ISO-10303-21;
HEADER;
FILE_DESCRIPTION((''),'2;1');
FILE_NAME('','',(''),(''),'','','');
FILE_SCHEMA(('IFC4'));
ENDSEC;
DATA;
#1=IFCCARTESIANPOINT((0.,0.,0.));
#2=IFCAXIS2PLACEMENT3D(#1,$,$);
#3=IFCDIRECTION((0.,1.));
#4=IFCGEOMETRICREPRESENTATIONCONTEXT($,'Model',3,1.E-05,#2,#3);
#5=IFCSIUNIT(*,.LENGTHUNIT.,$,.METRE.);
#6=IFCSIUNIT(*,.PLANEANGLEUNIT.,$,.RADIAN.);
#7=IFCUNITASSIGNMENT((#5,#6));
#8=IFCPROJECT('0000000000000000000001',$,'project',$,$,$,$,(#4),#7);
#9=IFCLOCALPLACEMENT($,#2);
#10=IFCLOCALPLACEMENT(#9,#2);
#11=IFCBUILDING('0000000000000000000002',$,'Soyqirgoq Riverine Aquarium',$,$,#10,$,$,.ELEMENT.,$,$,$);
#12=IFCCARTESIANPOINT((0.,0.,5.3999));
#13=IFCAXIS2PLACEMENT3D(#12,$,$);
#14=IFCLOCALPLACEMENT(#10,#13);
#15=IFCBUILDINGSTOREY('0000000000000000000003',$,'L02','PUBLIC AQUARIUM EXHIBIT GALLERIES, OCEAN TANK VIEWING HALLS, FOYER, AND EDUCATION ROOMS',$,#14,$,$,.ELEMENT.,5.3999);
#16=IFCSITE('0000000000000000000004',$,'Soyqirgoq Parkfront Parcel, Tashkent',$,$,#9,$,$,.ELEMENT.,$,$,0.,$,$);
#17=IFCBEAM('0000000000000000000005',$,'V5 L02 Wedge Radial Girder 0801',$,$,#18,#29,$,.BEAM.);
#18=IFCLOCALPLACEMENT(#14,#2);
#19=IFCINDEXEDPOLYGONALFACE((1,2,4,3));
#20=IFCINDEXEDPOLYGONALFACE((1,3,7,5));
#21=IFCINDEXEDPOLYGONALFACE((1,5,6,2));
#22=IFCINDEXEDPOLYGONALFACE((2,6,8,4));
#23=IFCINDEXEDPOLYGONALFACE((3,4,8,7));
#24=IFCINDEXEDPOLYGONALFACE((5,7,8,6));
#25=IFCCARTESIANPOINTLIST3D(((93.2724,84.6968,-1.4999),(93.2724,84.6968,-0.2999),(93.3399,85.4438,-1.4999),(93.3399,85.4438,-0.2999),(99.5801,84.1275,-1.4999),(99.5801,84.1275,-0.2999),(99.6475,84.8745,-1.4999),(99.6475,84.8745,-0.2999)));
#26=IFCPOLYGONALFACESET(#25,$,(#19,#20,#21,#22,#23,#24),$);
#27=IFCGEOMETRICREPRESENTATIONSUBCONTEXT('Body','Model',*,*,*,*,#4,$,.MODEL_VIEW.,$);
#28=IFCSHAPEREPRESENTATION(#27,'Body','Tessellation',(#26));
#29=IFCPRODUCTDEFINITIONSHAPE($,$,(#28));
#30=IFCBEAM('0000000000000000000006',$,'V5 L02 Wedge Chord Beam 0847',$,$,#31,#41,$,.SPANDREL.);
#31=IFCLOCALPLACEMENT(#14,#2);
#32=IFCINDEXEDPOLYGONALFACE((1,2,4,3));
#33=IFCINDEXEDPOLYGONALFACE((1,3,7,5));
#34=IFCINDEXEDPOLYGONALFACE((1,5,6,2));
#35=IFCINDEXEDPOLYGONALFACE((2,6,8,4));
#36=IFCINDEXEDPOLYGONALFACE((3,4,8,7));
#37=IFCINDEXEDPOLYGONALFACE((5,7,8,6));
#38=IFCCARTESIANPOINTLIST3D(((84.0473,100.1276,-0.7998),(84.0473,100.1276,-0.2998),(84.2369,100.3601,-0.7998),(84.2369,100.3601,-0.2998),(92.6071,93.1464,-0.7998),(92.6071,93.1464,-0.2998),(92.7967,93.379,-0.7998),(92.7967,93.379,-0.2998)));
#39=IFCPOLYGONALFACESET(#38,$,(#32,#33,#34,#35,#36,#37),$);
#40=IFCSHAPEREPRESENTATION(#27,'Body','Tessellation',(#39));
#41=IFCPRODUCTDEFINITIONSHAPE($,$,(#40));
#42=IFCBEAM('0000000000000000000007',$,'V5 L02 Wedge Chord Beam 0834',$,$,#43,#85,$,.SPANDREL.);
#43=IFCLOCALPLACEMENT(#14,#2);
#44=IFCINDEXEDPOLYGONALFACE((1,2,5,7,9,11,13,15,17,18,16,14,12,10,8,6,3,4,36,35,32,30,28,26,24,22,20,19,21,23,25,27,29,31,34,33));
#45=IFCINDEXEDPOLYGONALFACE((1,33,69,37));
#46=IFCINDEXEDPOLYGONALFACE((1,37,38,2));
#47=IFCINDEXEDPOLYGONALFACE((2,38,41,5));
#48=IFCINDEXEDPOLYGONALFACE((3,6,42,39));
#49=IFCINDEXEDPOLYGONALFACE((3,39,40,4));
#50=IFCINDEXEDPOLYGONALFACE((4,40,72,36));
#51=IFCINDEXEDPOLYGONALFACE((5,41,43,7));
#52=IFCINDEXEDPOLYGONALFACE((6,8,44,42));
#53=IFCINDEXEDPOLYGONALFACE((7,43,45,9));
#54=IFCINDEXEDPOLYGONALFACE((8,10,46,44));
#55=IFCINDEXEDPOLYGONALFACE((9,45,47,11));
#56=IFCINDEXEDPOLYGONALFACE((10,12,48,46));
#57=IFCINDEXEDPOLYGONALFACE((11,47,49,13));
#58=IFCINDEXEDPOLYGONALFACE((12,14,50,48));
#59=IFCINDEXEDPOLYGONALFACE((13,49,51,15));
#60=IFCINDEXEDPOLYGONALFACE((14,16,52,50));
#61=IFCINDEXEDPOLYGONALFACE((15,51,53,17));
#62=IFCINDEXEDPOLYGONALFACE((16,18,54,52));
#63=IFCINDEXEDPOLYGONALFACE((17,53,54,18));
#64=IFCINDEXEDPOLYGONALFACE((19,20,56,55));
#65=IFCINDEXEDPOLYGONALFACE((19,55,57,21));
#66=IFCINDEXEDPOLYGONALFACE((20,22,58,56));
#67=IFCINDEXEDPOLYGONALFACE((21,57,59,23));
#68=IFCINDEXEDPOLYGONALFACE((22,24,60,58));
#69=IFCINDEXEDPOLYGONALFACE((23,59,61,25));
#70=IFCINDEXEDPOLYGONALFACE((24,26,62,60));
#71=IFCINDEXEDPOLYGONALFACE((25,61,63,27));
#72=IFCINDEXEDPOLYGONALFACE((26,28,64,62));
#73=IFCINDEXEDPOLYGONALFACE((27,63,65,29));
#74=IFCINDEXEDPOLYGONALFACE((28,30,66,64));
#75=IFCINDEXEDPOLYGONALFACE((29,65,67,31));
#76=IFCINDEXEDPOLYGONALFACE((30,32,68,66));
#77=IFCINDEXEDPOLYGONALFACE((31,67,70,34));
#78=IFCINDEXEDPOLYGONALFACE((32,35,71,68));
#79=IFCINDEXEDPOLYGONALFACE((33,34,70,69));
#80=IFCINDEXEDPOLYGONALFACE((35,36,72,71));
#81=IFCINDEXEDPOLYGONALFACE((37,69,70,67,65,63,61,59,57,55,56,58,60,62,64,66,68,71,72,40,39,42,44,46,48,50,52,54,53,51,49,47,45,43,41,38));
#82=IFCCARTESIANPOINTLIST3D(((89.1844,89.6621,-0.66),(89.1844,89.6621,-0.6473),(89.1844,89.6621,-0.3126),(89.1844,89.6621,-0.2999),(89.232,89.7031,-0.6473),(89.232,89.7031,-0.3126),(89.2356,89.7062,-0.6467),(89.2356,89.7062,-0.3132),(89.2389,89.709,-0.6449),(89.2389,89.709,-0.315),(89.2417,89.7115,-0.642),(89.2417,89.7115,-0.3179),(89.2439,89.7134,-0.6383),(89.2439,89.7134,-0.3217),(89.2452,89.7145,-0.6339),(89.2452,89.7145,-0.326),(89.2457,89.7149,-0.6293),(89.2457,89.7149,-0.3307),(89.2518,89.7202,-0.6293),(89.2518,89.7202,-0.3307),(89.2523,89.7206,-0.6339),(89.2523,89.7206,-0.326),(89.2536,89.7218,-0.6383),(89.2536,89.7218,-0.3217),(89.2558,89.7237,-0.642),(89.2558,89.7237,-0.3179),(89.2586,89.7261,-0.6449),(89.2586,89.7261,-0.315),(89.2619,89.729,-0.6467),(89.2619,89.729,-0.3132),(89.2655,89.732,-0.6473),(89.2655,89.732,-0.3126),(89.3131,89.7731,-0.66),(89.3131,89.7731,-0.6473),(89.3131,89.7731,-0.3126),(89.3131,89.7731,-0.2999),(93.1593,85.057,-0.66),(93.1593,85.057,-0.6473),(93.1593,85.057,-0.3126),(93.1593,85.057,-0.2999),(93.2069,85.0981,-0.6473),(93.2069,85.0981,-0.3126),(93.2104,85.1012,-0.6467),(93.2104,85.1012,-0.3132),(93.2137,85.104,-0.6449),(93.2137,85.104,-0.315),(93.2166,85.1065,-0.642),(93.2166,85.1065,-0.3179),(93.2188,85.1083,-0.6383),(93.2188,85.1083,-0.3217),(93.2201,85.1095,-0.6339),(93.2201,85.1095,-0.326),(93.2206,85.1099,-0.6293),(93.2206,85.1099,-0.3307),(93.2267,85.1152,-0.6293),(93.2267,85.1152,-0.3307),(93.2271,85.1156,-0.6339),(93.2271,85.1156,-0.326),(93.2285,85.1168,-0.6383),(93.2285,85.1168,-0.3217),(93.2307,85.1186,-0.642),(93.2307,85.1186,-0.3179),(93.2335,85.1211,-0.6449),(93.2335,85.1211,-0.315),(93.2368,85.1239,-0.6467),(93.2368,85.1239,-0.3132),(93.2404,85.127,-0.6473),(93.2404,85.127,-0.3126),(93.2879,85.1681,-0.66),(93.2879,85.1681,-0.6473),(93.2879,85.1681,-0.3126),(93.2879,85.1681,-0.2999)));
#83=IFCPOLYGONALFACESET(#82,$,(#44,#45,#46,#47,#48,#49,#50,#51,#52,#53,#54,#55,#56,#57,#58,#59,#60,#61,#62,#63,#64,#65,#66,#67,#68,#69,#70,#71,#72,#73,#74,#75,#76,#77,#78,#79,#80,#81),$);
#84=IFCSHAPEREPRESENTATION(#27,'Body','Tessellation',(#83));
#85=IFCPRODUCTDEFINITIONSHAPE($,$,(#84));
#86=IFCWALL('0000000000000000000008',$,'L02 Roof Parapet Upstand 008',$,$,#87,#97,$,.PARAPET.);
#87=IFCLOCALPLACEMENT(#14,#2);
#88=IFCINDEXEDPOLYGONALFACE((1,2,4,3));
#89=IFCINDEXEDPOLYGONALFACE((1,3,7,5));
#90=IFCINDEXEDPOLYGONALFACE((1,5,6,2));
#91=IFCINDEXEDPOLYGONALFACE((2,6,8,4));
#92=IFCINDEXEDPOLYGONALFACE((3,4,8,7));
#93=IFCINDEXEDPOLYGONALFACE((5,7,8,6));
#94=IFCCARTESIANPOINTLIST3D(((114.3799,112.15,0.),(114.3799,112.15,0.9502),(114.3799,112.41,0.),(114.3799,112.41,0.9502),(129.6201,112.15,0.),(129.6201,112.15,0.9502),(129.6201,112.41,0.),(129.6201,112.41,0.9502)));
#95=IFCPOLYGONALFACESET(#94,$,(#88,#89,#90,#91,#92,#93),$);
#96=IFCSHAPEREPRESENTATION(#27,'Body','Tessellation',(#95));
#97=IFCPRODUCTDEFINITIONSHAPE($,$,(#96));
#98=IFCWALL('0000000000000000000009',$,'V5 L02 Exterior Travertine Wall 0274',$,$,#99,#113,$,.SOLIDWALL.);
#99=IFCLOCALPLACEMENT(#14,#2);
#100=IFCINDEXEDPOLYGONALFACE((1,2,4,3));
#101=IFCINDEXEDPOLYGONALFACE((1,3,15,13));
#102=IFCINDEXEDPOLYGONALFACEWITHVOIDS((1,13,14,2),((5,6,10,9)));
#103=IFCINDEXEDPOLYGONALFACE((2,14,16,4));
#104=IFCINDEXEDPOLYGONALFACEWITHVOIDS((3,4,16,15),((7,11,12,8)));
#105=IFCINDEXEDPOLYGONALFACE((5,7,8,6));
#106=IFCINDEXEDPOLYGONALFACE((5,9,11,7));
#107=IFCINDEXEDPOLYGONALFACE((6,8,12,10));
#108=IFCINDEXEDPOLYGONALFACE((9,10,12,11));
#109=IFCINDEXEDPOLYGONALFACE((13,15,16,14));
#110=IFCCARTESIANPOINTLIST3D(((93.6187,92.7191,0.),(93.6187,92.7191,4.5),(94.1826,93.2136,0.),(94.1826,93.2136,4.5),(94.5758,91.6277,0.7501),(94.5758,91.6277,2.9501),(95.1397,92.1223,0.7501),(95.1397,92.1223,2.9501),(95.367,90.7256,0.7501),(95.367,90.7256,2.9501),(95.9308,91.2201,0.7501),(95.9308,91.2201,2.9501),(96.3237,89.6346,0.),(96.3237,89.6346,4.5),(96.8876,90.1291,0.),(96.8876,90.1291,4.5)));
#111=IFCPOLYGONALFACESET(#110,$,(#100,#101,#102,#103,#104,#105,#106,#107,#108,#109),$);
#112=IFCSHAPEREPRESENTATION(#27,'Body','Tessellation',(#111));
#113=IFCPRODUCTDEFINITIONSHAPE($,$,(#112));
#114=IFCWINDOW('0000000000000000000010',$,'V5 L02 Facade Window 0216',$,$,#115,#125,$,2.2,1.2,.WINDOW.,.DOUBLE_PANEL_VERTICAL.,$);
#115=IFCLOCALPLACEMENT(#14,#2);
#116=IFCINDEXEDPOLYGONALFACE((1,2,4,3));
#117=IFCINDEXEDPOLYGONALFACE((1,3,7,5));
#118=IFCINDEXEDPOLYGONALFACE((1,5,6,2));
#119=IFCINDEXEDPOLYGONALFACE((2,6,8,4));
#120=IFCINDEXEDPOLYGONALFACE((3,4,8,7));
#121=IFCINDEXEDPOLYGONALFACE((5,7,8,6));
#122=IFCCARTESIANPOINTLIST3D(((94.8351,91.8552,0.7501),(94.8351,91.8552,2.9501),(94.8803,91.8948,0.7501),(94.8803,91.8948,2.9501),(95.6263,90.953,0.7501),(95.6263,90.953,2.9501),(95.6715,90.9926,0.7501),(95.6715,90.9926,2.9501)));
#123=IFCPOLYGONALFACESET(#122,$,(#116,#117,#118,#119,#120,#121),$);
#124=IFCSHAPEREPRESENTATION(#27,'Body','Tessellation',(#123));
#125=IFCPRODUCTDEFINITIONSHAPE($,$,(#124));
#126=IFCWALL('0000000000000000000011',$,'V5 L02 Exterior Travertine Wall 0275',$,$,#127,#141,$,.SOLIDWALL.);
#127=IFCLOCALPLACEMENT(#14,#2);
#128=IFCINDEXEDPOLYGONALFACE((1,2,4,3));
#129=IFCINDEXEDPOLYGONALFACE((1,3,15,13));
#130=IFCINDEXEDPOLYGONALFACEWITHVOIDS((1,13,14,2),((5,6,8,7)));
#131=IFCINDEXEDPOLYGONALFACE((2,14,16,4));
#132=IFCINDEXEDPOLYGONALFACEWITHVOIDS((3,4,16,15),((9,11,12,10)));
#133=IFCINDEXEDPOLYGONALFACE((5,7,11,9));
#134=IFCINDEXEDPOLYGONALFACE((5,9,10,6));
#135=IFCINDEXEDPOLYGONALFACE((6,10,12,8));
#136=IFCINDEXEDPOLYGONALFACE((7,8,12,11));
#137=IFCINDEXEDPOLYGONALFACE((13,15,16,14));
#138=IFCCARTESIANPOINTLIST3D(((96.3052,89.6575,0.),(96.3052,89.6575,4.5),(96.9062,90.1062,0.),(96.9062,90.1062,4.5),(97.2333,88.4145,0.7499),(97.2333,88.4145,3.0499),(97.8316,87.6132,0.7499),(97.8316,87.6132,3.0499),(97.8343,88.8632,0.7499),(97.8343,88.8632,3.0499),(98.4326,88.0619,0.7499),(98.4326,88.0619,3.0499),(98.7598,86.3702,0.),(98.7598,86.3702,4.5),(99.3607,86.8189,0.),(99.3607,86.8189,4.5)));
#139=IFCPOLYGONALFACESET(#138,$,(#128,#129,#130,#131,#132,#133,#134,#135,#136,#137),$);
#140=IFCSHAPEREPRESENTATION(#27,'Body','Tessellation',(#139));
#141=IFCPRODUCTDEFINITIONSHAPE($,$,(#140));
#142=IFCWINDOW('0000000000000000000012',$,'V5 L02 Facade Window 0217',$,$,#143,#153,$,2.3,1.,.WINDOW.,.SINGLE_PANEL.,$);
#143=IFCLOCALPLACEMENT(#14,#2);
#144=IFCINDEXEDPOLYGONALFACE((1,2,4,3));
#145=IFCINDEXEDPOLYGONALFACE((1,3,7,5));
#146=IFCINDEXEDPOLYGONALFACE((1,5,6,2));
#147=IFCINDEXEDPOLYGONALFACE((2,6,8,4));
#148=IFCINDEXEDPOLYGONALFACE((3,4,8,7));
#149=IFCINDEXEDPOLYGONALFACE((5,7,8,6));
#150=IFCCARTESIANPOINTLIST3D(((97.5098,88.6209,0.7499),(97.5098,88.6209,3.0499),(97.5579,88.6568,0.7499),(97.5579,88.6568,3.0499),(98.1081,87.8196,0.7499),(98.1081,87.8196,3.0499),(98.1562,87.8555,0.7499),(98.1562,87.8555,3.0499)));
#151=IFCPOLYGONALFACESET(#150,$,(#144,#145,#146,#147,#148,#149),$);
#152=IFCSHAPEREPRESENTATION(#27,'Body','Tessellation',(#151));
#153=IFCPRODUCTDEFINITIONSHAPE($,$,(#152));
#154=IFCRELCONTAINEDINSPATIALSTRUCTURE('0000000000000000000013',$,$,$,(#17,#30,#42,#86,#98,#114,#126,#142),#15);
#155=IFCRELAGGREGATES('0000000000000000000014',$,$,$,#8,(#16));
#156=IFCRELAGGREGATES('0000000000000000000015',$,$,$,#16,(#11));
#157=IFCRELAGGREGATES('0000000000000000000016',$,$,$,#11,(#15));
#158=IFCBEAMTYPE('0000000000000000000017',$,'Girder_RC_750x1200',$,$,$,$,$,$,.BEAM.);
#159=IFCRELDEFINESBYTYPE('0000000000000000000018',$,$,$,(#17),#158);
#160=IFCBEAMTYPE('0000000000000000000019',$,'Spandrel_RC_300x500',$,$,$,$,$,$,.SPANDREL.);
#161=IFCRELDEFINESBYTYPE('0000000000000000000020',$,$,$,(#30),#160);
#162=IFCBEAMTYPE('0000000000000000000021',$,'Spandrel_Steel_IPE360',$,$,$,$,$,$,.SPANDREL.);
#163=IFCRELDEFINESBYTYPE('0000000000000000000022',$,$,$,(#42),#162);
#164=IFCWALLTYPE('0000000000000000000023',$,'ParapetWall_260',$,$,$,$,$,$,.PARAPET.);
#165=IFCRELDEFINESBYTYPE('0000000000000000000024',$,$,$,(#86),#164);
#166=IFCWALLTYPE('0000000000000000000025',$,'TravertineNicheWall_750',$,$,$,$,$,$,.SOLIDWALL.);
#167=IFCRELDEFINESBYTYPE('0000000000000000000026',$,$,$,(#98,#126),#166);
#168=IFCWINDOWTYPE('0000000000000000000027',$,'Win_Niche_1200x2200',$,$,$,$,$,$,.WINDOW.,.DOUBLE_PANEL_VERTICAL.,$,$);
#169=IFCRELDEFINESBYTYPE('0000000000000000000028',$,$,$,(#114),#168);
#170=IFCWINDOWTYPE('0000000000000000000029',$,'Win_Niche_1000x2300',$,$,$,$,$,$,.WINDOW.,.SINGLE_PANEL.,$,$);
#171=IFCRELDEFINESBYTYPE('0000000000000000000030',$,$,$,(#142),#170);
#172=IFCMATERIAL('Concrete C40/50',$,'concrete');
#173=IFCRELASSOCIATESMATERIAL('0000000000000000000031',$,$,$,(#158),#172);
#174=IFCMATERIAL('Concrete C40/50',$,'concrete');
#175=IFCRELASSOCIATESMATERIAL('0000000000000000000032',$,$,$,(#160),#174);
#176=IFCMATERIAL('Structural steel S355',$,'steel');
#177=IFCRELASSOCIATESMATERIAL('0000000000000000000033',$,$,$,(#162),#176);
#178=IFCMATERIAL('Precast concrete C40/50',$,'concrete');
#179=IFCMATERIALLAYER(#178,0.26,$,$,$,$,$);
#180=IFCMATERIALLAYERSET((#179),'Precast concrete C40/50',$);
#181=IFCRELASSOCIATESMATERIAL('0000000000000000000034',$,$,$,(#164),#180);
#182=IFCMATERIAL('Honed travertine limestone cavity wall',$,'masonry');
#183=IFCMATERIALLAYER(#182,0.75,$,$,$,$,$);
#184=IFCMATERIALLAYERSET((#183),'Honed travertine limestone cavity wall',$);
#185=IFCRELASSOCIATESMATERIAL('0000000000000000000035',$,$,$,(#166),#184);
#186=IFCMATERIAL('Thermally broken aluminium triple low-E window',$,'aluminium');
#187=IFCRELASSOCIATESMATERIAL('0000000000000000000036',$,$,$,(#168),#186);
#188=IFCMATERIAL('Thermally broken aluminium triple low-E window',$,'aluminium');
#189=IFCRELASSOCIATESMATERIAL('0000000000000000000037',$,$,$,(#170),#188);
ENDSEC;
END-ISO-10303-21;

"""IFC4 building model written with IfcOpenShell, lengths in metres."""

from ifc_helpers import new_model, si_unit, direction, frame, frame_2d, origin, origin_2d, place, context, subcontext, project, spatial, rectangle, i_section, extrude, material, layer, layer_set, material_profile, profile_set, type_object, element, fill, save


model = new_model("IFC4")

# Units and contexts
model_context = context("Model", 3, precision=1e-05, world=origin(), true_north=direction((0.0, 1.0)))
body_context = subcontext(model_context, "Body", "Model", "MODEL_VIEW")
ifc_project = project(units=[si_unit("LENGTHUNIT", "METRE"), si_unit("PLANEANGLEUNIT", "RADIAN")], contexts=[model_context])

# Site, building, storey
site_placement = place(None, origin())
site = spatial("IfcSite", under=ifc_project, at=site_placement, Name="Soyqirgoq Parkfront Parcel, Tashkent", CompositionType="ELEMENT", RefElevation=0.0)
building_placement = place(site_placement, origin())
building = spatial("IfcBuilding", under=site, at=building_placement, Name="Soyqirgoq Riverine Aquarium", CompositionType="ELEMENT")
storey_placement = place(building_placement, frame((0.0, 0.0, 5.3999)))
storey = spatial("IfcBuildingStorey", under=building, at=storey_placement, Name="L02", Description="PUBLIC AQUARIUM EXHIBIT GALLERIES, OCEAN TANK VIEWING HALLS, FOYER, AND EDUCATION ROOMS", CompositionType="ELEMENT", Elevation=5.3999)

# Beams
ifc_material_1 = material(Name="Concrete C40/50", Category="concrete")
ifc_material_profile_1 = material_profile(ifc_material_1, rectangle(XDim=0.75, YDim=1.2, at=origin_2d()), Name="RC 750x1200")
ifc_profile_set_1 = profile_set([ifc_material_profile_1], Name="Concrete C40/50")
beam_type_1 = type_object("IfcBeamType", Name="Girder_RC_750x1200", PredefinedType="BEAM", material=ifc_profile_set_1)
beam_1_placement = place(storey_placement, frame((93.3062, 85.0703, -0.8999), z_axis=(0.995951, -0.089896, 0.0), x_axis=(0.089896, 0.995951, 0.0)))
element("IfcBeam", 1, at=beam_1_placement, inside=storey, type_object=beam_type_1, Name="V5 L02 Wedge Radial Girder 0801", PredefinedType="BEAM", context=body_context, shape_type="SweptSolid", body=[
    extrude(rectangle(XDim=0.75, YDim=1.2, at=origin_2d()), origin(), (0.0, 0.0, 1.0), 6.3333),
])
ifc_material_2 = material(Name="Concrete C40/50", Category="concrete")
ifc_material_profile_2 = material_profile(ifc_material_2, rectangle(XDim=0.3, YDim=0.5, at=origin_2d()), Name="RC 300x500")
ifc_profile_set_2 = profile_set([ifc_material_profile_2], Name="Concrete C40/50")
beam_type_2 = type_object("IfcBeamType", Name="Spandrel_RC_300x500", PredefinedType="SPANDREL", material=ifc_profile_set_2)
beam_2_placement = place(storey_placement, frame((92.7019, 93.2627, -0.5498), z_axis=(-0.774945, 0.632029, 0.0), x_axis=(-0.632029, -0.774945, 0.0)))
element("IfcBeam", 2, at=beam_2_placement, inside=storey, type_object=beam_type_2, Name="V5 L02 Wedge Chord Beam 0847", PredefinedType="SPANDREL", context=body_context, shape_type="SweptSolid", body=[
    extrude(rectangle(XDim=0.3, YDim=0.5, at=origin_2d()), origin(), (0.0, 0.0, 1.0), 11.0457),
])
ifc_material_3 = material(Name="Structural steel S355", Category="steel")
ifc_material_profile_3 = material_profile(ifc_material_3, i_section(OverallWidth=0.1699, OverallDepth=0.3601, WebThickness=0.0081, FlangeThickness=0.0127, FilletRadius=0.0181, at=origin_2d()), Name="IPE 360")
ifc_profile_set_3 = profile_set([ifc_material_profile_3], Name="Structural steel S355")
beam_type_3 = type_object("IfcBeamType", Name="Spandrel_Steel_IPE360", PredefinedType="SPANDREL", material=ifc_profile_set_3)
beam_3_placement = place(storey_placement, frame((93.2236, 85.1125, -0.48), z_axis=(-0.653415, 0.757, 0.0), x_axis=(-0.757, -0.653415, 0.0)))
element("IfcBeam", 3, at=beam_3_placement, inside=storey, type_object=beam_type_3, Name="V5 L02 Wedge Chord Beam 0834", PredefinedType="SPANDREL", context=body_context, shape_type="SweptSolid", body=[
    extrude(i_section(OverallWidth=0.1699, OverallDepth=0.3601, WebThickness=0.0081, FlangeThickness=0.0127, FilletRadius=0.0181, at=origin_2d()), origin(), (0.0, 0.0, 1.0), 6.0833),
])

# Wall
ifc_material_4 = material(Name="Precast concrete C40/50", Category="concrete")
ifc_layer_1 = layer(ifc_material_4, 0.26)
ifc_layer_set_1 = layer_set([ifc_layer_1], Name="Precast concrete C40/50")
wall_type_1 = type_object("IfcWallType", Name="ParapetWall_260", PredefinedType="PARAPET", material=ifc_layer_set_1)
wall_1_placement = place(storey_placement, frame((114.3799, 112.28, 0.0), z_axis=(0.0, 0.0, 1.0), x_axis=(1.0, 0.0, 0.0)))
element("IfcWall", 4, at=wall_1_placement, inside=storey, type_object=wall_type_1, Name="L02 Roof Parapet Upstand 008", PredefinedType="PARAPET", context=body_context, shape_type="SweptSolid", body=[
    extrude(rectangle(XDim=15.2402, YDim=0.26, at=frame_2d((7.6201, 0.0))), origin(), (0.0, 0.0, 1.0), 0.9502),
])

# Walls, openings, windows
ifc_material_5 = material(Name="Honed travertine limestone cavity wall", Category="masonry")
ifc_layer_2 = layer(ifc_material_5, 0.75)
ifc_layer_set_2 = layer_set([ifc_layer_2], Name="Honed travertine limestone cavity wall")
wall_type_2 = type_object("IfcWallType", Name="TravertineNicheWall_750", PredefinedType="SOLIDWALL", material=ifc_layer_set_2)
wall_2_placement = place(storey_placement, frame((93.9006, 92.9663, 0.0), z_axis=(0.0, 0.0, 1.0), x_axis=(0.659355, -0.751832, 0.0)))
wall_2 = element("IfcWall", 5, at=wall_2_placement, inside=storey, type_object=wall_type_2, Name="V5 L02 Exterior Travertine Wall 0274", PredefinedType="SOLIDWALL", context=body_context, shape_type="SweptSolid", body=[
    extrude(rectangle(XDim=4.1025, YDim=0.75, at=frame_2d((2.0513, 0.0))), origin(), (0.0, 0.0, 1.0), 4.5),
])
opening_1_placement = place(wall_2_placement, frame((1.4514, 0.0, 0.75)))
opening_1 = element("IfcOpeningElement", 6, at=opening_1_placement, cuts=wall_2, PredefinedType="OPENING", context=body_context, shape_type="SweptSolid", body=[
    extrude(rectangle(XDim=1.2, YDim=2.2, at=frame_2d((0.6001, 1.1001))), frame((0.0, 0.385, 0.0), z_axis=(0.0, -1.0, 0.0), x_axis=(1.0, 0.0, 0.0)), (0.0, 0.0, 1.0), 0.77),
])
ifc_material_6 = material(Name="Thermally broken aluminium triple low-E window", Category="aluminium")
window_type_1 = type_object("IfcWindowType", Name="Win_Niche_1200x2200", PartitioningType="DOUBLE_PANEL_VERTICAL", PredefinedType="WINDOW", material=ifc_material_6)
window_1_placement = place(opening_1_placement, origin())
window_1 = element("IfcWindow", 7, at=window_1_placement, inside=storey, type_object=window_type_1, Name="V5 L02 Facade Window 0216", OverallHeight=2.2, OverallWidth=1.2, PartitioningType="DOUBLE_PANEL_VERTICAL", PredefinedType="WINDOW", context=body_context, shape_type="SweptSolid", body=[
    extrude(rectangle(XDim=1.2, YDim=2.2, at=frame_2d((0.6001, 1.1001))), frame((0.0, 0.03, 0.0), z_axis=(0.0, -1.0, 0.0), x_axis=(1.0, 0.0, 0.0)), (0.0, 0.0, 1.0), 0.0601),
])
fill(opening_1, window_1)
wall_3_placement = place(storey_placement, frame((96.6057, 89.8818, 0.0), z_axis=(0.0, 0.0, 1.0), x_axis=(0.598294, -0.801276, 0.0)))
wall_3 = element("IfcWall", 8, at=wall_3_placement, inside=storey, type_object=wall_type_2, Name="V5 L02 Exterior Travertine Wall 0275", PredefinedType="SOLIDWALL", context=body_context, shape_type="SweptSolid", body=[
    extrude(rectangle(XDim=4.1025, YDim=0.75, at=frame_2d((2.0513, 0.0))), origin(), (0.0, 0.0, 1.0), 4.5),
])
opening_2_placement = place(wall_3_placement, frame((1.5513, 0.0, 0.75)))
opening_2 = element("IfcOpeningElement", 9, at=opening_2_placement, cuts=wall_3, PredefinedType="OPENING", context=body_context, shape_type="SweptSolid", body=[
    extrude(rectangle(XDim=1.0, YDim=2.3, at=frame_2d((0.5, 1.1499))), frame((0.0, 0.385, 0.0), z_axis=(0.0, -1.0, 0.0), x_axis=(1.0, 0.0, 0.0)), (0.0, 0.0, 1.0), 0.77),
])
ifc_material_7 = material(Name="Thermally broken aluminium triple low-E window", Category="aluminium")
window_type_2 = type_object("IfcWindowType", Name="Win_Niche_1000x2300", PartitioningType="SINGLE_PANEL", PredefinedType="WINDOW", material=ifc_material_7)
window_2_placement = place(opening_2_placement, origin())
window_2 = element("IfcWindow", 10, at=window_2_placement, inside=storey, type_object=window_type_2, Name="V5 L02 Facade Window 0217", OverallHeight=2.3, OverallWidth=1.0, PartitioningType="SINGLE_PANEL", PredefinedType="WINDOW", context=body_context, shape_type="SweptSolid", body=[
    extrude(rectangle(XDim=1.0, YDim=2.3, at=frame_2d((0.5, 1.1499))), frame((0.0, 0.03, 0.0), z_axis=(0.0, -1.0, 0.0), x_axis=(1.0, 0.0, 0.0)), (0.0, 0.0, 1.0), 0.0601),
])
fill(opening_2, window_2)

save(model, "model.ifc")
